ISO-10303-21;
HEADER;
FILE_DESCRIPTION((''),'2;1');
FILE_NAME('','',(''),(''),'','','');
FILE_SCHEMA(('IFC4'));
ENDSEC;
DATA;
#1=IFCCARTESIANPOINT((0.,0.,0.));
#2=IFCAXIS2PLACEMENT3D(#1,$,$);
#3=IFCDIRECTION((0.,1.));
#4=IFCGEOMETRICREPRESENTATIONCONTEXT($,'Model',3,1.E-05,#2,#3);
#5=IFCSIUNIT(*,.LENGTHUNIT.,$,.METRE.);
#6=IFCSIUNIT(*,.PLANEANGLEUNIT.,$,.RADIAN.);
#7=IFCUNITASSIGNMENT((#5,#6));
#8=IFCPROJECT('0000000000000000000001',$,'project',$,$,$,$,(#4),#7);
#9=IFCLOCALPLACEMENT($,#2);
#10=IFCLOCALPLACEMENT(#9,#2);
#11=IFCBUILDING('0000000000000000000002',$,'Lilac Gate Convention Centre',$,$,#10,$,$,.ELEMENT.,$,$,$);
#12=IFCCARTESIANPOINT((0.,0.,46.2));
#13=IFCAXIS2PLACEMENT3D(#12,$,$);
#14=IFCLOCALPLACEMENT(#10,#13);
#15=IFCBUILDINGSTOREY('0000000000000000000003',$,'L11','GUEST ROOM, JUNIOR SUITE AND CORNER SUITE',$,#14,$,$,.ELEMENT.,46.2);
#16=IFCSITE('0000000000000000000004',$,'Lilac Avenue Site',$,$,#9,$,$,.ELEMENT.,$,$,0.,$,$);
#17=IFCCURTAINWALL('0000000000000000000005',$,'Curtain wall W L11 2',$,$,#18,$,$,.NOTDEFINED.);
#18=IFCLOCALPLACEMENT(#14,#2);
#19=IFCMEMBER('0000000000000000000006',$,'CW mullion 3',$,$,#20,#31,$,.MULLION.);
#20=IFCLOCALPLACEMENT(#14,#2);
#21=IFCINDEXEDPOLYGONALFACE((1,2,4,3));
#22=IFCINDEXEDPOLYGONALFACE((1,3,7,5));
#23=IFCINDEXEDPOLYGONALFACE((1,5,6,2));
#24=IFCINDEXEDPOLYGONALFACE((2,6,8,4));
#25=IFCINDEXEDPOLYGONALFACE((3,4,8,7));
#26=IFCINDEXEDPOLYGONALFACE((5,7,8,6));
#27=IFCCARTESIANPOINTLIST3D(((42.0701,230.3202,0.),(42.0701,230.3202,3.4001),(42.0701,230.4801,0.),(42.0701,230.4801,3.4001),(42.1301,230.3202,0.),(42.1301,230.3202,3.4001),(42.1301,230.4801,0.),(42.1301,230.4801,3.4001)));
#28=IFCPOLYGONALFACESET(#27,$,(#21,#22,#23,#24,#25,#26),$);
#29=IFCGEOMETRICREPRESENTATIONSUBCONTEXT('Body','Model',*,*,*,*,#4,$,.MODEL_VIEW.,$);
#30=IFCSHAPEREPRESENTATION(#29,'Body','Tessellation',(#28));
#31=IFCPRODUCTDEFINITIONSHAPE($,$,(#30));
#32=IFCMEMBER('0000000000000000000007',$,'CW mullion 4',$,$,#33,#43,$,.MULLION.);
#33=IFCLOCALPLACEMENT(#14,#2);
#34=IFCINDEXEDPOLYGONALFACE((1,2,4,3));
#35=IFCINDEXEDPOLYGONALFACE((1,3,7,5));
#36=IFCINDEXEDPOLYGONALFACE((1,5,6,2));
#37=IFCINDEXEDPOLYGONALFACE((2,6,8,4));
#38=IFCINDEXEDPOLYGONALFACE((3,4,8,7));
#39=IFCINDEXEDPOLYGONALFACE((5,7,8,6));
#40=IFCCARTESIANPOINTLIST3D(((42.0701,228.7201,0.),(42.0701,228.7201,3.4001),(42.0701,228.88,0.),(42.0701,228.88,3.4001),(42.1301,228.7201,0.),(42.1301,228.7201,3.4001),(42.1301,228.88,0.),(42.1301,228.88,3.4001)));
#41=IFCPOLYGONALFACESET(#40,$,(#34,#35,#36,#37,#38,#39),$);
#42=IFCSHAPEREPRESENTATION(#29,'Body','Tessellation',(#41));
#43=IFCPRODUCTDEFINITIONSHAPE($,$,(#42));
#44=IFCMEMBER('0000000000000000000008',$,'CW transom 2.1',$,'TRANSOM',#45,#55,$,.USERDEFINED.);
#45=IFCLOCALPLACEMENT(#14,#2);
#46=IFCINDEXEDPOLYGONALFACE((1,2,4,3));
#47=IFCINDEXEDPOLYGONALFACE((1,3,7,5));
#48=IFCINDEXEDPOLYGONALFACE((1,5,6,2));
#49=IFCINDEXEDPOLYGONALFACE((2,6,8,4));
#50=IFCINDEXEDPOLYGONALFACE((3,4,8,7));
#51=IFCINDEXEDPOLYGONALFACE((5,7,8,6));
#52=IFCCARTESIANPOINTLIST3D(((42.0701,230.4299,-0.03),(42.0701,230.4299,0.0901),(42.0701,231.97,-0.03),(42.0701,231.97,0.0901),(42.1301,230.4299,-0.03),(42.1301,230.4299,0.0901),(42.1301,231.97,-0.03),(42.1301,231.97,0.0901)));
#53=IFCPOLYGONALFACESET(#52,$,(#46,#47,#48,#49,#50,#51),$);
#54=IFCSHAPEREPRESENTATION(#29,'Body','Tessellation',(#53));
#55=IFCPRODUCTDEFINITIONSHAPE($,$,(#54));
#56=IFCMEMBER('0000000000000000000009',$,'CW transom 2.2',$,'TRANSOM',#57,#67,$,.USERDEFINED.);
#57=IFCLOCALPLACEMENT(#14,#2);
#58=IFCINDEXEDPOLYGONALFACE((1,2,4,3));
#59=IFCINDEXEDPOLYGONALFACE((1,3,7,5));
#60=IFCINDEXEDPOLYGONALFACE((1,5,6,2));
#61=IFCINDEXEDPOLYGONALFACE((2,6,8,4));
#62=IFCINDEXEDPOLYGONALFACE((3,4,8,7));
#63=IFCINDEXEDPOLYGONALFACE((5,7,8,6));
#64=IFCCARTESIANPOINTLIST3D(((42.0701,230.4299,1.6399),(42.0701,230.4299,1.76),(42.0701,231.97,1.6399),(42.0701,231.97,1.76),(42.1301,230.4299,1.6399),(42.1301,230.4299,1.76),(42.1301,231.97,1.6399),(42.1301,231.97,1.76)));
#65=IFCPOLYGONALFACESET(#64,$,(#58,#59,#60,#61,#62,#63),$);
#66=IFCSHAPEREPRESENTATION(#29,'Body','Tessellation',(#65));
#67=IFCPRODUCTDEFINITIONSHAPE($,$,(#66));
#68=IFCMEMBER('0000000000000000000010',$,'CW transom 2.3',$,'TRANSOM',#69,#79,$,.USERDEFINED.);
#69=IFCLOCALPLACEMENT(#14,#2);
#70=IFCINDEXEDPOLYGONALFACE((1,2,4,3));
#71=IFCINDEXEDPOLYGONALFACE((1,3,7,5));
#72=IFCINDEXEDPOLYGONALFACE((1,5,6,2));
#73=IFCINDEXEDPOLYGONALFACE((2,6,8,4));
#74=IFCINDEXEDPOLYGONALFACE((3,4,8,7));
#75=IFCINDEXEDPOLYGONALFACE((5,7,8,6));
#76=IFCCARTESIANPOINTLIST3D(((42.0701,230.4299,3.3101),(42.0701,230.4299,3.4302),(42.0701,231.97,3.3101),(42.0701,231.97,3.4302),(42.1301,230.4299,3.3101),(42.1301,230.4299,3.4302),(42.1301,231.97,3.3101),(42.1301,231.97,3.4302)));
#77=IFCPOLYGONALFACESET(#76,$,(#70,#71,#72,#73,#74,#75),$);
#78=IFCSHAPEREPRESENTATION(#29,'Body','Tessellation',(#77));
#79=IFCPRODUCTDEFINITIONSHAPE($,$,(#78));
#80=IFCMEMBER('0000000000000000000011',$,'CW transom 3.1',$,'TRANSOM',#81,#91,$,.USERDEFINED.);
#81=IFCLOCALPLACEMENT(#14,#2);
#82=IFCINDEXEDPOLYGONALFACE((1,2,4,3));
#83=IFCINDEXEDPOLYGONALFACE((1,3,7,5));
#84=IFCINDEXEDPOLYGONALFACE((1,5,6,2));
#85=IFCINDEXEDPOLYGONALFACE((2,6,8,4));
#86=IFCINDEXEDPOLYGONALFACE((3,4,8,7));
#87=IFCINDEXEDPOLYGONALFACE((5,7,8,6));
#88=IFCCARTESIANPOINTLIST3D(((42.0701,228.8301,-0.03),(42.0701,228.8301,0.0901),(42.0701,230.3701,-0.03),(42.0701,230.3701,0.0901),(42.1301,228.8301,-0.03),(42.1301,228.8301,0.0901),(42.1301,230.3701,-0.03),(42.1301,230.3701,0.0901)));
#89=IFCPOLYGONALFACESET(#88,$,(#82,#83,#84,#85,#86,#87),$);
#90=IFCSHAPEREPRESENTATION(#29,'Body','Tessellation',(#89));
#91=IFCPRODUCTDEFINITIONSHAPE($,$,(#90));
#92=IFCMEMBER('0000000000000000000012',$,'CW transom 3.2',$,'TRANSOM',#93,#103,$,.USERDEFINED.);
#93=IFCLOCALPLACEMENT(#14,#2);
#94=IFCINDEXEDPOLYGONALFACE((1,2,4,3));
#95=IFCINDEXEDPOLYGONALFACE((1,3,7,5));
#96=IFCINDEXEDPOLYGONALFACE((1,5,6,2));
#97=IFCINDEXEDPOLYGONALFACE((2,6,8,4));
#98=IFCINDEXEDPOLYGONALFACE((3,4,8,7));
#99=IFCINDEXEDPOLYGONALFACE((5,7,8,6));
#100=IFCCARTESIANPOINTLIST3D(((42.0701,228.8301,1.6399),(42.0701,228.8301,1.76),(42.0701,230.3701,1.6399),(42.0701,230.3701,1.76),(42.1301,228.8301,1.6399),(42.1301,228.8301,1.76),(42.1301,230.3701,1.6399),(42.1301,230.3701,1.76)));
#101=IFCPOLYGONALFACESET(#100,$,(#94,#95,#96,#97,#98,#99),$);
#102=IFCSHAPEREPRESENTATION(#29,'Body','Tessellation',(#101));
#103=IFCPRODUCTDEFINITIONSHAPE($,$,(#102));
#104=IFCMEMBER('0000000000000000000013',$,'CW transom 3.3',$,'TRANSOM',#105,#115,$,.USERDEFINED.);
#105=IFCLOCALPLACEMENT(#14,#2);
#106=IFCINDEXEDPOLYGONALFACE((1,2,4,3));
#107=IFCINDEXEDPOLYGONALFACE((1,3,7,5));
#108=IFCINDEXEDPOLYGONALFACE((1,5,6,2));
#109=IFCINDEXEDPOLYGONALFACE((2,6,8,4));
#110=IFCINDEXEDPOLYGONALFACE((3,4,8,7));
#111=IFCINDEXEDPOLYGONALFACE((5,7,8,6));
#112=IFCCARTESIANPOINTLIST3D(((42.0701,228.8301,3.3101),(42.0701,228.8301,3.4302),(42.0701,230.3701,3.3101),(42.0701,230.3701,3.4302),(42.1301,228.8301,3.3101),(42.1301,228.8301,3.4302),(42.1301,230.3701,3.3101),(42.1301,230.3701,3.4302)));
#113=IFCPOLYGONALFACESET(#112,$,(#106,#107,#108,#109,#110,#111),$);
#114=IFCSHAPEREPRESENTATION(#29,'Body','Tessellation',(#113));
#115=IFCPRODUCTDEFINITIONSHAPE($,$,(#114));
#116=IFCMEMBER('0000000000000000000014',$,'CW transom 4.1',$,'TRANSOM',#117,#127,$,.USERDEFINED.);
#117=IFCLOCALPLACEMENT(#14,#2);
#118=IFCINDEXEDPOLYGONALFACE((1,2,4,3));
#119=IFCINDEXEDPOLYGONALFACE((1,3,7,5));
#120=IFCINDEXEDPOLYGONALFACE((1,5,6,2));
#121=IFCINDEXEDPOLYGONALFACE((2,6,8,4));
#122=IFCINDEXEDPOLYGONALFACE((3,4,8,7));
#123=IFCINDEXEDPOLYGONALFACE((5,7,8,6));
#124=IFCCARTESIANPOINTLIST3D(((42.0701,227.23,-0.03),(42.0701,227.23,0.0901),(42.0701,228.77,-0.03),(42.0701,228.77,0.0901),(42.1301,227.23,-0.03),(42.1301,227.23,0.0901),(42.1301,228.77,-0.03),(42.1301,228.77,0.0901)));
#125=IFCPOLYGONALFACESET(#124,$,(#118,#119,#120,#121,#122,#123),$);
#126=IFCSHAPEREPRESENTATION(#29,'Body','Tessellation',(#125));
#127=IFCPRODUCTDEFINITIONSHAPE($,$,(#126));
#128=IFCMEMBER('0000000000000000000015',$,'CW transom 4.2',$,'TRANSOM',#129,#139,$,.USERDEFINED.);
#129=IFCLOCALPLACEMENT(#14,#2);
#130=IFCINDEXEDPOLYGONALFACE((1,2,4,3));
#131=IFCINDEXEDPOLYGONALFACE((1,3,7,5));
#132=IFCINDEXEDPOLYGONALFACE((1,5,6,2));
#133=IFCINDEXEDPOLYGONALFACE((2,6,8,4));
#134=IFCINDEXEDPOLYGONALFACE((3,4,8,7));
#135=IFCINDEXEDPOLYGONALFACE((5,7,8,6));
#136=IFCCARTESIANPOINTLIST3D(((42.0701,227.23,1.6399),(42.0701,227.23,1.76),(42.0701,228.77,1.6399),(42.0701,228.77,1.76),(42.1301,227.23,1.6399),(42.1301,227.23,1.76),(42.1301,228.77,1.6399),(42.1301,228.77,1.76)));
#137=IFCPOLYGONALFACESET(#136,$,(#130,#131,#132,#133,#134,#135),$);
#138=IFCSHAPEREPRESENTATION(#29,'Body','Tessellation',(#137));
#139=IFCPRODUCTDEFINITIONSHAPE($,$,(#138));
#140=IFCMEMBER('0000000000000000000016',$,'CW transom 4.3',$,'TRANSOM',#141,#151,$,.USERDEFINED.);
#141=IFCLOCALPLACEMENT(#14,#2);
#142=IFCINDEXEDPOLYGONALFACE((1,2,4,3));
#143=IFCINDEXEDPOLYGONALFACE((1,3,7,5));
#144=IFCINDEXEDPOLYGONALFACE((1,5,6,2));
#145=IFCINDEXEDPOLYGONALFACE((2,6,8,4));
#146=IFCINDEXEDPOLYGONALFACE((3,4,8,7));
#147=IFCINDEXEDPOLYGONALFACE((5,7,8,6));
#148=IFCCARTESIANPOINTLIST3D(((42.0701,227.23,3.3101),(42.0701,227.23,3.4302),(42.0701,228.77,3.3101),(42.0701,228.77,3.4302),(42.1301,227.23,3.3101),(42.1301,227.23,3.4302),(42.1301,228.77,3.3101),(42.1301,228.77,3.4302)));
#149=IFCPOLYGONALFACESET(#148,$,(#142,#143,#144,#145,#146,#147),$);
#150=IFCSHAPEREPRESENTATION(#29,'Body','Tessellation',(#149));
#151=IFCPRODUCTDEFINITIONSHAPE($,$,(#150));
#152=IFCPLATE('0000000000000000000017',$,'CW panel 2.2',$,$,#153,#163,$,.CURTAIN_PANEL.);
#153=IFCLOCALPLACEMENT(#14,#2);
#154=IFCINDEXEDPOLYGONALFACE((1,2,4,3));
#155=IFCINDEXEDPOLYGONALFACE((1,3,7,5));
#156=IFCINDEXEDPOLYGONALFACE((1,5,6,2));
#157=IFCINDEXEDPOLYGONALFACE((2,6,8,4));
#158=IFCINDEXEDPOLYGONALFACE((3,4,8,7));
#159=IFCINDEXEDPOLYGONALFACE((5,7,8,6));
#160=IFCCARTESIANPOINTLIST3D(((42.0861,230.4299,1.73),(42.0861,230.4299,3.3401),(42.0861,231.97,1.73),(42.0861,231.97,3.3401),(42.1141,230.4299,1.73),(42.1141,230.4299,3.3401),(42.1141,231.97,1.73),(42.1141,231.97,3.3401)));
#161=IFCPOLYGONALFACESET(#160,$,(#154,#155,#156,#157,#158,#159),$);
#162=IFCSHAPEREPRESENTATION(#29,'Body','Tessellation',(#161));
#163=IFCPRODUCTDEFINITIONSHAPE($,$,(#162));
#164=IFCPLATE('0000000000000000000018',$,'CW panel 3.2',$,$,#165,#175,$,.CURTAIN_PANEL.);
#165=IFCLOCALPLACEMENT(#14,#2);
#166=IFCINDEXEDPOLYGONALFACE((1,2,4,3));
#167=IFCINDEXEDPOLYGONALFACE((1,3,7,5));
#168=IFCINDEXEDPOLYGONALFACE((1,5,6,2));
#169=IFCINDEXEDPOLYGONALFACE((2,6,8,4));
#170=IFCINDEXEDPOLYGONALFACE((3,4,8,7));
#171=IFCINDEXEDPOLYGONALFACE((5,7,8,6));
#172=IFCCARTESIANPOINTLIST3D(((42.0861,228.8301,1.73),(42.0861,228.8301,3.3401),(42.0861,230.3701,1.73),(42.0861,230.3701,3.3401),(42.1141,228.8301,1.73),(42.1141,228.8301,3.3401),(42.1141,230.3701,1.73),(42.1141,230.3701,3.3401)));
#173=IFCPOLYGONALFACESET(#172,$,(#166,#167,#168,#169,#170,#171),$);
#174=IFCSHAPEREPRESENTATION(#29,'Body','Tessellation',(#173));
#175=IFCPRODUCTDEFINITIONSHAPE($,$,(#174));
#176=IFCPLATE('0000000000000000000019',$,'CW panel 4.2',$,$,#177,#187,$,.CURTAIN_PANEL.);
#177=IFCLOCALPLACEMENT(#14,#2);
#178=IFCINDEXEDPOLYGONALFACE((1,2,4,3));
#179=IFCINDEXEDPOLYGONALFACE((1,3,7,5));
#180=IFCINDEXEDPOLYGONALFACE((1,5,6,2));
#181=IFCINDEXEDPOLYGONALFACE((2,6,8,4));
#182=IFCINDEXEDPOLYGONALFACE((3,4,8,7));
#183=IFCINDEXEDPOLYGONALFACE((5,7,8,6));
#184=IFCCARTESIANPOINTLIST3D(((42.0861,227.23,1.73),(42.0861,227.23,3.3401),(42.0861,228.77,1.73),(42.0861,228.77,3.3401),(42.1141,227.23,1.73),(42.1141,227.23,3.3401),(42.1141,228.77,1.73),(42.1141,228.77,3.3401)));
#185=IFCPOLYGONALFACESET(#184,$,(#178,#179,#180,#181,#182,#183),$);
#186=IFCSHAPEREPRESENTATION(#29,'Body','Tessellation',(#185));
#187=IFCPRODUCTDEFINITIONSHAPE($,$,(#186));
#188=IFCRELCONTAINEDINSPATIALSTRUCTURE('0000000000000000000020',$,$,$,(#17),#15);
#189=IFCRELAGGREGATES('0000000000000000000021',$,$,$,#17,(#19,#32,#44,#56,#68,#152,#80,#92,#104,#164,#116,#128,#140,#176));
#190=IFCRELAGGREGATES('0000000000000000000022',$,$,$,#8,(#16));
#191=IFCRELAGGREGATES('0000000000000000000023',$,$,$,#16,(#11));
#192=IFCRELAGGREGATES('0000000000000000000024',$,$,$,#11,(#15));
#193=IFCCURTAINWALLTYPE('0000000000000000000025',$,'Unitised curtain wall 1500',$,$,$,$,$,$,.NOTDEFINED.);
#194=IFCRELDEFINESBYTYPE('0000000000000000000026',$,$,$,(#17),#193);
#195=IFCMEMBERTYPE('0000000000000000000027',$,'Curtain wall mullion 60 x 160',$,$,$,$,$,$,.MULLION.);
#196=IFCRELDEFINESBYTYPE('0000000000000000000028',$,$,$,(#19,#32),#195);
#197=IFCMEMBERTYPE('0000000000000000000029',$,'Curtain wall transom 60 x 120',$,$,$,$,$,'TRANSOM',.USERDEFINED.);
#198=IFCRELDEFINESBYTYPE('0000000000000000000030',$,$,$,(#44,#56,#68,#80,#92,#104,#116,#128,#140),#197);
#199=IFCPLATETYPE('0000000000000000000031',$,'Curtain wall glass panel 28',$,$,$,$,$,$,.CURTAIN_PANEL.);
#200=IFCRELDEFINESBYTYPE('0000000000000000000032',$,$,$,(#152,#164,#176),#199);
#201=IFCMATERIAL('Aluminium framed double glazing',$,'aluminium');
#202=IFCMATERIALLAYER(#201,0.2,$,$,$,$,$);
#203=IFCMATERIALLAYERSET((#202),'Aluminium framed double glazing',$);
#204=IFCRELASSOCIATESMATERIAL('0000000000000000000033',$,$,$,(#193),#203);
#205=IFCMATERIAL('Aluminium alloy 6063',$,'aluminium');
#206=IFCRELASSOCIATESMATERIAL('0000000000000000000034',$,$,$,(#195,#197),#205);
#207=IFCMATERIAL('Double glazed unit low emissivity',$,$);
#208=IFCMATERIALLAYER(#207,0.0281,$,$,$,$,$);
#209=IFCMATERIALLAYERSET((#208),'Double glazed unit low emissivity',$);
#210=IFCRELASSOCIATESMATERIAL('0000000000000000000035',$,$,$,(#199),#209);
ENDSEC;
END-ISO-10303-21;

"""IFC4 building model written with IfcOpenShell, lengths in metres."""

from ifc_helpers import new_model, si_unit, direction, frame, origin, origin_2d, place, context, subcontext, project, spatial, rectangle, extrude, material, layer, layer_set, material_profile, profile_set, type_object, element, aggregate, save


model = new_model("IFC4")

# Units and contexts
model_context = context("Model", 3, precision=1e-05, world=origin(), true_north=direction((0.0, 1.0)))
body_context = subcontext(model_context, "Body", "Model", "MODEL_VIEW")
ifc_project = project(units=[si_unit("LENGTHUNIT", "METRE"), si_unit("PLANEANGLEUNIT", "RADIAN")], contexts=[model_context])

# Site, building, storey
site_placement = place(None, origin())
site = spatial("IfcSite", under=ifc_project, at=site_placement, Name="Lilac Avenue Site", CompositionType="ELEMENT", RefElevation=0.0)
building_placement = place(site_placement, origin())
building = spatial("IfcBuilding", under=site, at=building_placement, Name="Lilac Gate Convention Centre", CompositionType="ELEMENT")
storey_placement = place(building_placement, frame((0.0, 0.0, 46.2)))
storey = spatial("IfcBuildingStorey", under=building, at=storey_placement, Name="L11", Description="GUEST ROOM, JUNIOR SUITE AND CORNER SUITE", CompositionType="ELEMENT", Elevation=46.2)

# Curtain wall, members, plates
ifc_material_1 = material(Name="Aluminium framed double glazing", Category="aluminium")
ifc_layer_1 = layer(ifc_material_1, 0.2)
ifc_layer_set_1 = layer_set([ifc_layer_1], Name="Aluminium framed double glazing")
curtain_wall_type = type_object("IfcCurtainWallType", Name="Unitised curtain wall 1500", PredefinedType="NOTDEFINED", material=ifc_layer_set_1)
curtain_wall_placement = place(storey_placement, origin())
curtain_wall = element("IfcCurtainWall", 1, at=curtain_wall_placement, inside=storey, type_object=curtain_wall_type, Name="Curtain wall W L11 2", PredefinedType="NOTDEFINED")
ifc_material_2 = material(Name="Aluminium alloy 6063", Category="aluminium")
ifc_material_profile_1 = material_profile(ifc_material_2, rectangle(XDim=0.0601, YDim=0.1599, at=origin_2d()), Name="Curtain wall mullion 60 x 160")
ifc_profile_set_1 = profile_set([ifc_material_profile_1], Name="Aluminium alloy 6063")
member_type_1 = type_object("IfcMemberType", Name="Curtain wall mullion 60 x 160", PredefinedType="MULLION", material=ifc_profile_set_1)
member_1_placement = place(storey_placement, frame((42.1001, 230.4001, 0.0), z_axis=(0.0, 0.0, 1.0), x_axis=(1.0, 0.0, 0.0)))
member_1 = element("IfcMember", 2, at=member_1_placement, type_object=member_type_1, Name="CW mullion 3", PredefinedType="MULLION", context=body_context, shape_type="SweptSolid", body=[
    extrude(rectangle(XDim=0.0601, YDim=0.1599, at=origin_2d()), origin(), (0.0, 0.0, 1.0), 3.4001),
])
member_2_placement = place(storey_placement, frame((42.1001, 228.8, 0.0), z_axis=(0.0, 0.0, 1.0), x_axis=(1.0, 0.0, 0.0)))
member_2 = element("IfcMember", 3, at=member_2_placement, type_object=member_type_1, Name="CW mullion 4", PredefinedType="MULLION", context=body_context, shape_type="SweptSolid", body=[
    extrude(rectangle(XDim=0.0601, YDim=0.1599, at=origin_2d()), origin(), (0.0, 0.0, 1.0), 3.4001),
])
ifc_material_profile_2 = material_profile(ifc_material_2, rectangle(XDim=0.0601, YDim=0.1201, at=origin_2d()), Name="Curtain wall transom 60 x 120")
ifc_profile_set_2 = profile_set([ifc_material_profile_2], Name="Aluminium alloy 6063")
member_type_2 = type_object("IfcMemberType", Name="Curtain wall transom 60 x 120", ElementType="TRANSOM", PredefinedType="USERDEFINED", material=ifc_profile_set_2)
member_3_placement = place(storey_placement, frame((42.1001, 231.97, 0.03), z_axis=(0.0, -1.0, 0.0), x_axis=(1.0, 0.0, 0.0)))
member_3 = element("IfcMember", 4, at=member_3_placement, type_object=member_type_2, Name="CW transom 2.1", ObjectType="TRANSOM", PredefinedType="USERDEFINED", context=body_context, shape_type="SweptSolid", body=[
    extrude(rectangle(XDim=0.0601, YDim=0.1201, at=origin_2d()), origin(), (0.0, 0.0, 1.0), 1.54),
])
member_4_placement = place(storey_placement, frame((42.1001, 231.97, 1.7), z_axis=(0.0, -1.0, 0.0), x_axis=(1.0, 0.0, 0.0)))
member_4 = element("IfcMember", 5, at=member_4_placement, type_object=member_type_2, Name="CW transom 2.2", ObjectType="TRANSOM", PredefinedType="USERDEFINED", context=body_context, shape_type="SweptSolid", body=[
    extrude(rectangle(XDim=0.0601, YDim=0.1201, at=origin_2d()), origin(), (0.0, 0.0, 1.0), 1.54),
])
member_5_placement = place(storey_placement, frame((42.1001, 231.97, 3.3701), z_axis=(0.0, -1.0, 0.0), x_axis=(1.0, 0.0, 0.0)))
member_5 = element("IfcMember", 6, at=member_5_placement, type_object=member_type_2, Name="CW transom 2.3", ObjectType="TRANSOM", PredefinedType="USERDEFINED", context=body_context, shape_type="SweptSolid", body=[
    extrude(rectangle(XDim=0.0601, YDim=0.1201, at=origin_2d()), origin(), (0.0, 0.0, 1.0), 1.54),
])
member_6_placement = place(storey_placement, frame((42.1001, 230.3701, 0.03), z_axis=(0.0, -1.0, 0.0), x_axis=(1.0, 0.0, 0.0)))
member_6 = element("IfcMember", 7, at=member_6_placement, type_object=member_type_2, Name="CW transom 3.1", ObjectType="TRANSOM", PredefinedType="USERDEFINED", context=body_context, shape_type="SweptSolid", body=[
    extrude(rectangle(XDim=0.0601, YDim=0.1201, at=origin_2d()), origin(), (0.0, 0.0, 1.0), 1.54),
])
member_7_placement = place(storey_placement, frame((42.1001, 230.3701, 1.7), z_axis=(0.0, -1.0, 0.0), x_axis=(1.0, 0.0, 0.0)))
member_7 = element("IfcMember", 8, at=member_7_placement, type_object=member_type_2, Name="CW transom 3.2", ObjectType="TRANSOM", PredefinedType="USERDEFINED", context=body_context, shape_type="SweptSolid", body=[
    extrude(rectangle(XDim=0.0601, YDim=0.1201, at=origin_2d()), origin(), (0.0, 0.0, 1.0), 1.54),
])
member_8_placement = place(storey_placement, frame((42.1001, 230.3701, 3.3701), z_axis=(0.0, -1.0, 0.0), x_axis=(1.0, 0.0, 0.0)))
member_8 = element("IfcMember", 9, at=member_8_placement, type_object=member_type_2, Name="CW transom 3.3", ObjectType="TRANSOM", PredefinedType="USERDEFINED", context=body_context, shape_type="SweptSolid", body=[
    extrude(rectangle(XDim=0.0601, YDim=0.1201, at=origin_2d()), origin(), (0.0, 0.0, 1.0), 1.54),
])
member_9_placement = place(storey_placement, frame((42.1001, 228.77, 0.03), z_axis=(0.0, -1.0, 0.0), x_axis=(1.0, 0.0, 0.0)))
member_9 = element("IfcMember", 10, at=member_9_placement, type_object=member_type_2, Name="CW transom 4.1", ObjectType="TRANSOM", PredefinedType="USERDEFINED", context=body_context, shape_type="SweptSolid", body=[
    extrude(rectangle(XDim=0.0601, YDim=0.1201, at=origin_2d()), origin(), (0.0, 0.0, 1.0), 1.54),
])
member_10_placement = place(storey_placement, frame((42.1001, 228.77, 1.7), z_axis=(0.0, -1.0, 0.0), x_axis=(1.0, 0.0, 0.0)))
member_10 = element("IfcMember", 11, at=member_10_placement, type_object=member_type_2, Name="CW transom 4.2", ObjectType="TRANSOM", PredefinedType="USERDEFINED", context=body_context, shape_type="SweptSolid", body=[
    extrude(rectangle(XDim=0.0601, YDim=0.1201, at=origin_2d()), origin(), (0.0, 0.0, 1.0), 1.54),
])
member_11_placement = place(storey_placement, frame((42.1001, 228.77, 3.3701), z_axis=(0.0, -1.0, 0.0), x_axis=(1.0, 0.0, 0.0)))
member_11 = element("IfcMember", 12, at=member_11_placement, type_object=member_type_2, Name="CW transom 4.3", ObjectType="TRANSOM", PredefinedType="USERDEFINED", context=body_context, shape_type="SweptSolid", body=[
    extrude(rectangle(XDim=0.0601, YDim=0.1201, at=origin_2d()), origin(), (0.0, 0.0, 1.0), 1.54),
])
ifc_material_3 = material(Name="Double glazed unit low emissivity")
ifc_layer_2 = layer(ifc_material_3, 0.0281)
ifc_layer_set_2 = layer_set([ifc_layer_2], Name="Double glazed unit low emissivity")
plate_type_1 = type_object("IfcPlateType", Name="Curtain wall glass panel 28", PredefinedType="CURTAIN_PANEL", material=ifc_layer_set_2)
plate_1_placement = place(storey_placement, frame((42.1001, 231.2, 1.73), z_axis=(0.0, 0.0, 1.0), x_axis=(0.0, -1.0, 0.0)))
plate_1 = element("IfcPlate", 13, at=plate_1_placement, type_object=plate_type_1, Name="CW panel 2.2", PredefinedType="CURTAIN_PANEL", context=body_context, shape_type="SweptSolid", body=[
    extrude(rectangle(XDim=1.54, YDim=0.0281, at=origin_2d()), origin(), (0.0, 0.0, 1.0), 1.6101),
])
plate_2_placement = place(storey_placement, frame((42.1001, 229.6001, 1.73), z_axis=(0.0, 0.0, 1.0), x_axis=(0.0, -1.0, 0.0)))
plate_2 = element("IfcPlate", 14, at=plate_2_placement, type_object=plate_type_1, Name="CW panel 3.2", PredefinedType="CURTAIN_PANEL", context=body_context, shape_type="SweptSolid", body=[
    extrude(rectangle(XDim=1.54, YDim=0.0281, at=origin_2d()), origin(), (0.0, 0.0, 1.0), 1.6101),
])
plate_3_placement = place(storey_placement, frame((42.1001, 228.0, 1.73), z_axis=(0.0, 0.0, 1.0), x_axis=(0.0, -1.0, 0.0)))
plate_3 = element("IfcPlate", 15, at=plate_3_placement, type_object=plate_type_1, Name="CW panel 4.2", PredefinedType="CURTAIN_PANEL", context=body_context, shape_type="SweptSolid", body=[
    extrude(rectangle(XDim=1.54, YDim=0.0281, at=origin_2d()), origin(), (0.0, 0.0, 1.0), 1.6101),
])
aggregate(curtain_wall, [member_1, member_2, member_3, member_4, member_5, plate_1, member_6, member_7, member_8, plate_2, member_9, member_10, member_11, plate_3])

save(model, "model.ifc")
